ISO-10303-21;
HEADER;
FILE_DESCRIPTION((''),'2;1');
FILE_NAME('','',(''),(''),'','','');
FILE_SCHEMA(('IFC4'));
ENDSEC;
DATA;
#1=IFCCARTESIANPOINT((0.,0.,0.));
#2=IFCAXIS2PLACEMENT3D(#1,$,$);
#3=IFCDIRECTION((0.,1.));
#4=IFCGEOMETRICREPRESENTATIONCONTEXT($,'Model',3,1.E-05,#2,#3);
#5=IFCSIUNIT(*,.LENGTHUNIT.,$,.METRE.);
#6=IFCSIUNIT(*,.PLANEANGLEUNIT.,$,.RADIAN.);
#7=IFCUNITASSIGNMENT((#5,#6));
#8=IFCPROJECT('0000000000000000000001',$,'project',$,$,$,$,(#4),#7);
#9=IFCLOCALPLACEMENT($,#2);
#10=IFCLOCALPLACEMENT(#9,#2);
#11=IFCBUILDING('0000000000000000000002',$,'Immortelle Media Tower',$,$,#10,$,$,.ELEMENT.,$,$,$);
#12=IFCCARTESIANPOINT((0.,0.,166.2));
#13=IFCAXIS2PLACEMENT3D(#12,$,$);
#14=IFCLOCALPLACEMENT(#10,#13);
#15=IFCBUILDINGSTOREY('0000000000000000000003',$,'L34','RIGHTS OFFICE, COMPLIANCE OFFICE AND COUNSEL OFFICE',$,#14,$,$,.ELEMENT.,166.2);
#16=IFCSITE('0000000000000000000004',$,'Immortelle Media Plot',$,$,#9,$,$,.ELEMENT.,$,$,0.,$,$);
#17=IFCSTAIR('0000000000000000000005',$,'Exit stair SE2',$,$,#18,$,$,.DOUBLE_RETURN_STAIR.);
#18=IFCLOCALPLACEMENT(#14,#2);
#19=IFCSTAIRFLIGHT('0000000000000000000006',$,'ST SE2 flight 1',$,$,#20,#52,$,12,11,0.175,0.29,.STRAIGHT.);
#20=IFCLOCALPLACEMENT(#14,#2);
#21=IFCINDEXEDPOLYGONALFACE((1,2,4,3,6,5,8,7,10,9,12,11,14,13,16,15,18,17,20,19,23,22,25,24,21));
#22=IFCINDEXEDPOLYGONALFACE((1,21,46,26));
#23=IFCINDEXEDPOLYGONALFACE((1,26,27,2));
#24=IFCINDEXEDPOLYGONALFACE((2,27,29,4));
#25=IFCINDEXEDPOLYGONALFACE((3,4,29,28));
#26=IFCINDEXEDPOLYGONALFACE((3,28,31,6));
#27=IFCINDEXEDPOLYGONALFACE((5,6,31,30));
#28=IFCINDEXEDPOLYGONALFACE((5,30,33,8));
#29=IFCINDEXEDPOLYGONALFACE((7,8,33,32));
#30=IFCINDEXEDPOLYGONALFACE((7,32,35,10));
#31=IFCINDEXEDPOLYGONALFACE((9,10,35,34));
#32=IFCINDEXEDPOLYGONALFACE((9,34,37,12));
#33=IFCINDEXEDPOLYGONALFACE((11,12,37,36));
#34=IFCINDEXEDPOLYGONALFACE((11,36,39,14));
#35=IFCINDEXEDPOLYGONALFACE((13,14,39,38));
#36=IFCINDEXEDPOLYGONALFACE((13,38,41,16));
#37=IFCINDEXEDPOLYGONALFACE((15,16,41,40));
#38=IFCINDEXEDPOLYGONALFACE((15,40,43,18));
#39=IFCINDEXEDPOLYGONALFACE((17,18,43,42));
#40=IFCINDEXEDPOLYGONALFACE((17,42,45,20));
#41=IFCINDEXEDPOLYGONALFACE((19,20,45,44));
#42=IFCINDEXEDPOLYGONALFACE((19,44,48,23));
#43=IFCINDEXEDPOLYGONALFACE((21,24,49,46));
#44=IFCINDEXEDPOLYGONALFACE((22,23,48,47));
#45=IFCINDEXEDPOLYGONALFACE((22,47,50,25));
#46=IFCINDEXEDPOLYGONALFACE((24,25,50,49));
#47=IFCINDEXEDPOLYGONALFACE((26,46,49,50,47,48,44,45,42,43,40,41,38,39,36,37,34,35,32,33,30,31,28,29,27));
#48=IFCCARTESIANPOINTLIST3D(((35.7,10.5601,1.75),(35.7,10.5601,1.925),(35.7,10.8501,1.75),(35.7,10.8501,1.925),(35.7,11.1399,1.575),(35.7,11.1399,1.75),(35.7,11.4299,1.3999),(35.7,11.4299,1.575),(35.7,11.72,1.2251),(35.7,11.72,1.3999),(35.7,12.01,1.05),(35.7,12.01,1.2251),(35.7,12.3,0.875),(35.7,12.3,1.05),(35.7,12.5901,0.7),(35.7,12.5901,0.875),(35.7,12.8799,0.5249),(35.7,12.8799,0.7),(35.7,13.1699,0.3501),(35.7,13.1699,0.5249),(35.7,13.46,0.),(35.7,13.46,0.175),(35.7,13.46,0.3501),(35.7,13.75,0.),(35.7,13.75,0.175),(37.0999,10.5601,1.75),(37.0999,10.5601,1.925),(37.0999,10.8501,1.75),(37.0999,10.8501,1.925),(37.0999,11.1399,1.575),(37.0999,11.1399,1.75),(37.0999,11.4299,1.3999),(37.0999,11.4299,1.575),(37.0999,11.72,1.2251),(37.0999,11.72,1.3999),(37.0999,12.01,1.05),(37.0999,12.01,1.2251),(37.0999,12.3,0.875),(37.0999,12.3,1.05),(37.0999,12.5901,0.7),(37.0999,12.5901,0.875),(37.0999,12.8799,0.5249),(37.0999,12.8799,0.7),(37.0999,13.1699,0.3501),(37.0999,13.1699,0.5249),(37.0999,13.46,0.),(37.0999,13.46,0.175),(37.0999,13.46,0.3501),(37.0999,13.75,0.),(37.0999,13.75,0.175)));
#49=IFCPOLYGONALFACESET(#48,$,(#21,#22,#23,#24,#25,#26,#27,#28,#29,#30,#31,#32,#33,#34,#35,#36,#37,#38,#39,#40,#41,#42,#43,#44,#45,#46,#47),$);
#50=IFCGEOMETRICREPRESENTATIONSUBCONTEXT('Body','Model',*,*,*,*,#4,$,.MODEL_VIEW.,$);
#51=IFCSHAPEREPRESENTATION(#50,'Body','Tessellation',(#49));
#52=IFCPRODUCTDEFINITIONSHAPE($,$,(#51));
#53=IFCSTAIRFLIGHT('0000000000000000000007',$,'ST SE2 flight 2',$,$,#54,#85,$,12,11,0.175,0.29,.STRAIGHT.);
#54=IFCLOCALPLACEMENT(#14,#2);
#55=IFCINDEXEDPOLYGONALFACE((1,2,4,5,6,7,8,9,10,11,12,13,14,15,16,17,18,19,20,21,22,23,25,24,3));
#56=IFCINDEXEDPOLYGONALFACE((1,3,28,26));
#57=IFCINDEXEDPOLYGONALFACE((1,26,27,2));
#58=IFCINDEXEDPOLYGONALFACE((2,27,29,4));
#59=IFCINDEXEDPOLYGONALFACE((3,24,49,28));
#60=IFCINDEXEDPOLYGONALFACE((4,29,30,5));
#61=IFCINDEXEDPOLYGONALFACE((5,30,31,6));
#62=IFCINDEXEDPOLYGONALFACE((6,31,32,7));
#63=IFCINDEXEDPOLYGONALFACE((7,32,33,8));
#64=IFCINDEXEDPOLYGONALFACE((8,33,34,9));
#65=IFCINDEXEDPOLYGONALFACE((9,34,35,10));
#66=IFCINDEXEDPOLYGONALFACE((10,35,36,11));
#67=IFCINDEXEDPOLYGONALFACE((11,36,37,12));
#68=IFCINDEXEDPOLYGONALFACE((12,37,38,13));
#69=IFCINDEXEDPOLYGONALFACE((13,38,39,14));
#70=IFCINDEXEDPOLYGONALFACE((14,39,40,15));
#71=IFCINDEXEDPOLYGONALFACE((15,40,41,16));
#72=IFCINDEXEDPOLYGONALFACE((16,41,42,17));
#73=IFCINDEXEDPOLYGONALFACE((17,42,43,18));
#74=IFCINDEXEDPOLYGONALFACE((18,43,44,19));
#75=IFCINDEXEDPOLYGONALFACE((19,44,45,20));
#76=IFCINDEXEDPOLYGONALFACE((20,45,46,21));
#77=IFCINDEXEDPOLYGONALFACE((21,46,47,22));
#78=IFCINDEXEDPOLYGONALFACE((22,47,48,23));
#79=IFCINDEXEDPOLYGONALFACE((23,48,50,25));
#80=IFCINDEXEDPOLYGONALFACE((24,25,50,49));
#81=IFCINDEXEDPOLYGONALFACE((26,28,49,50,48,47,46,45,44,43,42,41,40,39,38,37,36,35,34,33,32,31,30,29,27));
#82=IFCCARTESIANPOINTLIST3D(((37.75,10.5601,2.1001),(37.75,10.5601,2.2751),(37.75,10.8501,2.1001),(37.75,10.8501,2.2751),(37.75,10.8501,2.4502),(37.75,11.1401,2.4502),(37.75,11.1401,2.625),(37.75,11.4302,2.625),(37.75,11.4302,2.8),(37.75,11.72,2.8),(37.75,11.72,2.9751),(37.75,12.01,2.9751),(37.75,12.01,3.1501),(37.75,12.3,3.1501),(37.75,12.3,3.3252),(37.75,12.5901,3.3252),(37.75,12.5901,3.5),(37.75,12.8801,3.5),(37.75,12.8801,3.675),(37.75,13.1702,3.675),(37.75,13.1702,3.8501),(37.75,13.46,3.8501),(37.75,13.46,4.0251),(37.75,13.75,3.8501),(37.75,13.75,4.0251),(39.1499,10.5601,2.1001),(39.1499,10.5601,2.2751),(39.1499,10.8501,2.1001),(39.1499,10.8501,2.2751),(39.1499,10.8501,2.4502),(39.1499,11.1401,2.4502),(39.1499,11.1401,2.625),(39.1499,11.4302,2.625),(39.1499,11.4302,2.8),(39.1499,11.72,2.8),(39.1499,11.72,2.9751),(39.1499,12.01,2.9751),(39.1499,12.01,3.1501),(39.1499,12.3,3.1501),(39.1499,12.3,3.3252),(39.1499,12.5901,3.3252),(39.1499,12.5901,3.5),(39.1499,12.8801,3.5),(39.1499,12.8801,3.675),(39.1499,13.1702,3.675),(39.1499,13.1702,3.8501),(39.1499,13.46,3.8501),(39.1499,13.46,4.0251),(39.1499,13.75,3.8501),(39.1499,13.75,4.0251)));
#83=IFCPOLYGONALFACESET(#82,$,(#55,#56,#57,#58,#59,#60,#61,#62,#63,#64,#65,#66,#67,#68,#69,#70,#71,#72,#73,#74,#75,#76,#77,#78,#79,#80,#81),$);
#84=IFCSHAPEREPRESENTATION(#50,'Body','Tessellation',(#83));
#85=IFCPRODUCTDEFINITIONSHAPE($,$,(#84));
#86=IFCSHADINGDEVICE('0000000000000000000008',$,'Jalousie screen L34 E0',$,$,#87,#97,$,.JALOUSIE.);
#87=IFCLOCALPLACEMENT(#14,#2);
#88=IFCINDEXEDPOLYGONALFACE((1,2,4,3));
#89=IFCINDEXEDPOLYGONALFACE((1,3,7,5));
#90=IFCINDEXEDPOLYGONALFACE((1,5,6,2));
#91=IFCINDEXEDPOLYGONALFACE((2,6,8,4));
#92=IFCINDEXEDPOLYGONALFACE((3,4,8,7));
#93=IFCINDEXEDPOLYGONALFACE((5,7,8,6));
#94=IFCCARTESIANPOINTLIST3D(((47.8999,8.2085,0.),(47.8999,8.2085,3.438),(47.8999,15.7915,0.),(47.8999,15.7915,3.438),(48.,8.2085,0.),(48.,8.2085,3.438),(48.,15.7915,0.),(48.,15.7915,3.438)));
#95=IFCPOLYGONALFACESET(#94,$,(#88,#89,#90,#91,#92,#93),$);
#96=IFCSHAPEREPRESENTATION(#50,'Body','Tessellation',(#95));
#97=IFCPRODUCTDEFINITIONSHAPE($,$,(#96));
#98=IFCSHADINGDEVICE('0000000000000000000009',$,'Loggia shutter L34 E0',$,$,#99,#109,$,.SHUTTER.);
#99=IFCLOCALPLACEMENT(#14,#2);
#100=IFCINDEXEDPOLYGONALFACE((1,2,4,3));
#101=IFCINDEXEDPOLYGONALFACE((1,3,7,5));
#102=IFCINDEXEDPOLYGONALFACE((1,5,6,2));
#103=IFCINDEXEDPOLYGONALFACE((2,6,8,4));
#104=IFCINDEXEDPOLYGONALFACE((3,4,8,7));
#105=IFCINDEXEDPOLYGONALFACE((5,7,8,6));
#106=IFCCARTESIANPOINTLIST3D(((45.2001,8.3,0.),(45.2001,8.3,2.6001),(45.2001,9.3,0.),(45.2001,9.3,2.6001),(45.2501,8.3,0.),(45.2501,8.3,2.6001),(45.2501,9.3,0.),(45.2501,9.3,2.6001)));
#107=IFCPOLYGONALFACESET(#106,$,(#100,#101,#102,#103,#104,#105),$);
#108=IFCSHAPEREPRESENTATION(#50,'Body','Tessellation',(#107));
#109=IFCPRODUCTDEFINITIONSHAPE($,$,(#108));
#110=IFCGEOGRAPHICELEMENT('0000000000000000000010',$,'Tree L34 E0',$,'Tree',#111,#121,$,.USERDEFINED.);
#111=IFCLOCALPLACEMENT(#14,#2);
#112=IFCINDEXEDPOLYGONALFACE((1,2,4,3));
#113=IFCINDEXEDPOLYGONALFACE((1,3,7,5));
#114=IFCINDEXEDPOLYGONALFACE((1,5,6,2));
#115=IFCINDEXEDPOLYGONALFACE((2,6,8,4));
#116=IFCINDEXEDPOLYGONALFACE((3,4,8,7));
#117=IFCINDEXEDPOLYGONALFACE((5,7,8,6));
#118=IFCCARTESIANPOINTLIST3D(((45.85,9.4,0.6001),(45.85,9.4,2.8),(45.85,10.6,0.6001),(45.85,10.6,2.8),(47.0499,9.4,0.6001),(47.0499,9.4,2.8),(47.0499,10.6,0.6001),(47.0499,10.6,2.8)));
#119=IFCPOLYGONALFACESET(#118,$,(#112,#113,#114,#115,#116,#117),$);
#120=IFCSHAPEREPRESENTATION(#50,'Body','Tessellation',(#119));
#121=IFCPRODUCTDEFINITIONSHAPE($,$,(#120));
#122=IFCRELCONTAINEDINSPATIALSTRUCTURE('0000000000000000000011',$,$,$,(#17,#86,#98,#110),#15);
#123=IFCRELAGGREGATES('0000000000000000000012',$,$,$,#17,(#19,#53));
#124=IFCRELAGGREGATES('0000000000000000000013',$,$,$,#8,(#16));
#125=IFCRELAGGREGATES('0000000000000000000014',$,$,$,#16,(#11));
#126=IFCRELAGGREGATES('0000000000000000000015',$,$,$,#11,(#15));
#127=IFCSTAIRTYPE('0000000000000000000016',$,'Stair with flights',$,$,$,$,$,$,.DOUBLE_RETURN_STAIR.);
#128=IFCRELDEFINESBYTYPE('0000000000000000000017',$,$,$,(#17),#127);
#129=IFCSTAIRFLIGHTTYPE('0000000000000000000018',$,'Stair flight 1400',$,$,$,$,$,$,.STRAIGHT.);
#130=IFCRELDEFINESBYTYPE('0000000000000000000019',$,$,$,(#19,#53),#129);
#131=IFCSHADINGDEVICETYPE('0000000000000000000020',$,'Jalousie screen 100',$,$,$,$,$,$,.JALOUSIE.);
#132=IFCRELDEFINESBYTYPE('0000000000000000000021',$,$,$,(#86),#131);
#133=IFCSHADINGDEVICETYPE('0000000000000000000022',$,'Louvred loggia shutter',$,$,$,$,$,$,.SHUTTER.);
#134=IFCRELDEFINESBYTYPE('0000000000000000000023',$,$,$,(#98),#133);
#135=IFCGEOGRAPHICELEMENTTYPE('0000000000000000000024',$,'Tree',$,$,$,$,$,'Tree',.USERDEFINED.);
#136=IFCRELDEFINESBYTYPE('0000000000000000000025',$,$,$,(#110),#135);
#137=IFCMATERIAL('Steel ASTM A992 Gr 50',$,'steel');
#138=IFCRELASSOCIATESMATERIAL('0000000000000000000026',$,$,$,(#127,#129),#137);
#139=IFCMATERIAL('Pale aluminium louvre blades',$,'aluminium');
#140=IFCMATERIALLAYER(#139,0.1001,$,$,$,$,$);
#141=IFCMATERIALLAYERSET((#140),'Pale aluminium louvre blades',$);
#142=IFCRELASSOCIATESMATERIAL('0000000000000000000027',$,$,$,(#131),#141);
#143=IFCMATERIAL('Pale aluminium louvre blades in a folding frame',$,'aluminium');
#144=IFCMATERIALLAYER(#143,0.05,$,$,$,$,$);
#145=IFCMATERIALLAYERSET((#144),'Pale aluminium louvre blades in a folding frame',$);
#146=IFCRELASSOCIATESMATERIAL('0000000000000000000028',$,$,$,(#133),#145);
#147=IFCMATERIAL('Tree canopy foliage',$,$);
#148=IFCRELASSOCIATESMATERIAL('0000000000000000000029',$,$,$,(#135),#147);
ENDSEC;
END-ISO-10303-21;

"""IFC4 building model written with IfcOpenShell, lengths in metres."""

from ifc_helpers import new_model, si_unit, direction, frame, origin, origin_2d, place, context, subcontext, project, spatial, polyline, rectangle, outline, extrude, material, layer, layer_set, type_object, element, aggregate, save


model = new_model("IFC4")

# Units and contexts
model_context = context("Model", 3, precision=1e-05, world=origin(), true_north=direction((0.0, 1.0)))
body_context = subcontext(model_context, "Body", "Model", "MODEL_VIEW")
ifc_project = project(units=[si_unit("LENGTHUNIT", "METRE"), si_unit("PLANEANGLEUNIT", "RADIAN")], contexts=[model_context])

# Site, building, storey
site_placement = place(None, origin())
site = spatial("IfcSite", under=ifc_project, at=site_placement, Name="Immortelle Media Plot", CompositionType="ELEMENT", RefElevation=0.0)
building_placement = place(site_placement, origin())
building = spatial("IfcBuilding", under=site, at=building_placement, Name="Immortelle Media Tower", CompositionType="ELEMENT")
storey_placement = place(building_placement, frame((0.0, 0.0, 166.2)))
storey = spatial("IfcBuildingStorey", under=building, at=storey_placement, Name="L34", Description="RIGHTS OFFICE, COMPLIANCE OFFICE AND COUNSEL OFFICE", CompositionType="ELEMENT", Elevation=166.2)

# Shared definitions
ifc_material_1 = material(Name="Steel ASTM A992 Gr 50", Category="steel")

# Stair, stair flights
stair_type = type_object("IfcStairType", Name="Stair with flights", PredefinedType="DOUBLE_RETURN_STAIR", material=ifc_material_1)
stair_flight_type = type_object("IfcStairFlightType", Name="Stair flight 1400", PredefinedType="STRAIGHT", material=ifc_material_1)
stair_1_placement = place(storey_placement, origin())
stair_1 = element("IfcStair", 1, at=stair_1_placement, inside=storey, type_object=stair_type, Name="Exit stair SE2", PredefinedType="DOUBLE_RETURN_STAIR")
stair_flight_1_placement = place(storey_placement, frame((36.3999, 13.75, 0.0), z_axis=(0.0, 0.0, 1.0), x_axis=(0.0, -1.0, 0.0)))
stair_flight_1 = element("IfcStairFlight", 2, at=stair_flight_1_placement, type_object=stair_flight_type, Name="ST SE2 flight 1", NumberOfRisers=12, NumberOfTreads=11, PredefinedType="STRAIGHT", RiserHeight=0.175, TreadLength=0.29, context=body_context, shape_type="SweptSolid", body=[
    extrude(outline(polyline([(0.0, 0.0), (0.0, 0.175), (0.29, 0.175), (0.29, 0.3501), (0.5801, 0.3501), (0.5801, 0.5249), (0.8701, 0.5249), (0.8701, 0.7), (1.1599, 0.7), (1.1599, 0.875), (1.45, 0.875), (1.45, 1.05), (1.74, 1.05), (1.74, 1.2251), (2.03, 1.2251), (2.03, 1.3999), (2.3201, 1.3999), (2.3201, 1.575), (2.6101, 1.575), (2.6101, 1.75), (2.8999, 1.75), (2.8999, 1.925), (3.1899, 1.925), (3.1899, 2.1001), (3.1899, 1.75), (0.29, 0.0), (0.0, 0.0)])), frame((0.0, 0.7, 0.0), z_axis=(0.0, -1.0, 0.0), x_axis=(1.0, 0.0, 0.0)), (0.0, 0.0, 1.0), 1.3999),
])
stair_flight_2_placement = place(storey_placement, frame((38.45, 10.5601, 2.1001), z_axis=(0.0, 0.0, 1.0), x_axis=(0.0, 1.0, 0.0)))
stair_flight_2 = element("IfcStairFlight", 3, at=stair_flight_2_placement, type_object=stair_flight_type, Name="ST SE2 flight 2", NumberOfRisers=12, NumberOfTreads=11, PredefinedType="STRAIGHT", RiserHeight=0.175, TreadLength=0.29, context=body_context, shape_type="SweptSolid", body=[
    extrude(outline(polyline([(0.0, 0.0), (0.0, 0.175), (0.29, 0.175), (0.29, 0.3501), (0.5801, 0.3501), (0.5801, 0.5249), (0.8701, 0.5249), (0.8701, 0.7), (1.1599, 0.7), (1.1599, 0.875), (1.45, 0.875), (1.45, 1.05), (1.74, 1.05), (1.74, 1.2251), (2.03, 1.2251), (2.03, 1.3999), (2.3201, 1.3999), (2.3201, 1.575), (2.6101, 1.575), (2.6101, 1.75), (2.8999, 1.75), (2.8999, 1.925), (3.1899, 1.925), (3.1899, 2.1001), (3.1899, 1.75), (0.29, 0.0), (0.0, 0.0)])), frame((0.0, 0.7, 0.0), z_axis=(0.0, -1.0, 0.0), x_axis=(1.0, 0.0, 0.0)), (0.0, 0.0, 1.0), 1.3999),
])
aggregate(stair_1, [stair_flight_1, stair_flight_2])

# Shading devices
ifc_material_2 = material(Name="Pale aluminium louvre blades", Category="aluminium")
ifc_layer_1 = layer(ifc_material_2, 0.1001)
ifc_layer_set_1 = layer_set([ifc_layer_1], Name="Pale aluminium louvre blades")
shading_device_type_1 = type_object("IfcShadingDeviceType", Name="Jalousie screen 100", PredefinedType="JALOUSIE", material=ifc_layer_set_1)
shading_device_1_placement = place(storey_placement, frame((47.95, 12.0, 0.0), z_axis=(0.0, 0.0, 1.0), x_axis=(0.0, 1.0, 0.0)))
element("IfcShadingDevice", 4, at=shading_device_1_placement, inside=storey, type_object=shading_device_type_1, Name="Jalousie screen L34 E0", PredefinedType="JALOUSIE", context=body_context, shape_type="SweptSolid", body=[
    extrude(rectangle(XDim=7.583, YDim=0.1001, at=origin_2d()), origin(), (0.0, 0.0, 1.0), 3.438),
])
ifc_material_3 = material(Name="Pale aluminium louvre blades in a folding frame", Category="aluminium")
ifc_layer_2 = layer(ifc_material_3, 0.05)
ifc_layer_set_2 = layer_set([ifc_layer_2], Name="Pale aluminium louvre blades in a folding frame")
shading_device_type_2 = type_object("IfcShadingDeviceType", Name="Louvred loggia shutter", PredefinedType="SHUTTER", material=ifc_layer_set_2)
shading_device_2_placement = place(storey_placement, frame((45.2251, 8.8, 0.0), z_axis=(0.0, 0.0, 1.0), x_axis=(0.0, 1.0, 0.0)))
element("IfcShadingDevice", 5, at=shading_device_2_placement, inside=storey, type_object=shading_device_type_2, Name="Loggia shutter L34 E0", PredefinedType="SHUTTER", context=body_context, shape_type="SweptSolid", body=[
    extrude(rectangle(XDim=1.0, YDim=0.05, at=origin_2d()), origin(), (0.0, 0.0, 1.0), 2.6001),
])

# Geographic element
ifc_material_4 = material(Name="Tree canopy foliage")
geographic_element_type = type_object("IfcGeographicElementType", Name="Tree", ElementType="Tree", PredefinedType="USERDEFINED", material=ifc_material_4)
geographic_element_placement = place(storey_placement, frame((46.45, 10.0, 0.6001), z_axis=(0.0, 0.0, 1.0), x_axis=(1.0, 0.0, 0.0)))
element("IfcGeographicElement", 6, at=geographic_element_placement, inside=storey, type_object=geographic_element_type, Name="Tree L34 E0", ObjectType="Tree", PredefinedType="USERDEFINED", context=body_context, shape_type="SweptSolid", body=[
    extrude(rectangle(XDim=1.2, YDim=1.2, at=origin_2d()), origin(), (0.0, 0.0, 1.0), 2.2),
])

save(model, "model.ifc")
